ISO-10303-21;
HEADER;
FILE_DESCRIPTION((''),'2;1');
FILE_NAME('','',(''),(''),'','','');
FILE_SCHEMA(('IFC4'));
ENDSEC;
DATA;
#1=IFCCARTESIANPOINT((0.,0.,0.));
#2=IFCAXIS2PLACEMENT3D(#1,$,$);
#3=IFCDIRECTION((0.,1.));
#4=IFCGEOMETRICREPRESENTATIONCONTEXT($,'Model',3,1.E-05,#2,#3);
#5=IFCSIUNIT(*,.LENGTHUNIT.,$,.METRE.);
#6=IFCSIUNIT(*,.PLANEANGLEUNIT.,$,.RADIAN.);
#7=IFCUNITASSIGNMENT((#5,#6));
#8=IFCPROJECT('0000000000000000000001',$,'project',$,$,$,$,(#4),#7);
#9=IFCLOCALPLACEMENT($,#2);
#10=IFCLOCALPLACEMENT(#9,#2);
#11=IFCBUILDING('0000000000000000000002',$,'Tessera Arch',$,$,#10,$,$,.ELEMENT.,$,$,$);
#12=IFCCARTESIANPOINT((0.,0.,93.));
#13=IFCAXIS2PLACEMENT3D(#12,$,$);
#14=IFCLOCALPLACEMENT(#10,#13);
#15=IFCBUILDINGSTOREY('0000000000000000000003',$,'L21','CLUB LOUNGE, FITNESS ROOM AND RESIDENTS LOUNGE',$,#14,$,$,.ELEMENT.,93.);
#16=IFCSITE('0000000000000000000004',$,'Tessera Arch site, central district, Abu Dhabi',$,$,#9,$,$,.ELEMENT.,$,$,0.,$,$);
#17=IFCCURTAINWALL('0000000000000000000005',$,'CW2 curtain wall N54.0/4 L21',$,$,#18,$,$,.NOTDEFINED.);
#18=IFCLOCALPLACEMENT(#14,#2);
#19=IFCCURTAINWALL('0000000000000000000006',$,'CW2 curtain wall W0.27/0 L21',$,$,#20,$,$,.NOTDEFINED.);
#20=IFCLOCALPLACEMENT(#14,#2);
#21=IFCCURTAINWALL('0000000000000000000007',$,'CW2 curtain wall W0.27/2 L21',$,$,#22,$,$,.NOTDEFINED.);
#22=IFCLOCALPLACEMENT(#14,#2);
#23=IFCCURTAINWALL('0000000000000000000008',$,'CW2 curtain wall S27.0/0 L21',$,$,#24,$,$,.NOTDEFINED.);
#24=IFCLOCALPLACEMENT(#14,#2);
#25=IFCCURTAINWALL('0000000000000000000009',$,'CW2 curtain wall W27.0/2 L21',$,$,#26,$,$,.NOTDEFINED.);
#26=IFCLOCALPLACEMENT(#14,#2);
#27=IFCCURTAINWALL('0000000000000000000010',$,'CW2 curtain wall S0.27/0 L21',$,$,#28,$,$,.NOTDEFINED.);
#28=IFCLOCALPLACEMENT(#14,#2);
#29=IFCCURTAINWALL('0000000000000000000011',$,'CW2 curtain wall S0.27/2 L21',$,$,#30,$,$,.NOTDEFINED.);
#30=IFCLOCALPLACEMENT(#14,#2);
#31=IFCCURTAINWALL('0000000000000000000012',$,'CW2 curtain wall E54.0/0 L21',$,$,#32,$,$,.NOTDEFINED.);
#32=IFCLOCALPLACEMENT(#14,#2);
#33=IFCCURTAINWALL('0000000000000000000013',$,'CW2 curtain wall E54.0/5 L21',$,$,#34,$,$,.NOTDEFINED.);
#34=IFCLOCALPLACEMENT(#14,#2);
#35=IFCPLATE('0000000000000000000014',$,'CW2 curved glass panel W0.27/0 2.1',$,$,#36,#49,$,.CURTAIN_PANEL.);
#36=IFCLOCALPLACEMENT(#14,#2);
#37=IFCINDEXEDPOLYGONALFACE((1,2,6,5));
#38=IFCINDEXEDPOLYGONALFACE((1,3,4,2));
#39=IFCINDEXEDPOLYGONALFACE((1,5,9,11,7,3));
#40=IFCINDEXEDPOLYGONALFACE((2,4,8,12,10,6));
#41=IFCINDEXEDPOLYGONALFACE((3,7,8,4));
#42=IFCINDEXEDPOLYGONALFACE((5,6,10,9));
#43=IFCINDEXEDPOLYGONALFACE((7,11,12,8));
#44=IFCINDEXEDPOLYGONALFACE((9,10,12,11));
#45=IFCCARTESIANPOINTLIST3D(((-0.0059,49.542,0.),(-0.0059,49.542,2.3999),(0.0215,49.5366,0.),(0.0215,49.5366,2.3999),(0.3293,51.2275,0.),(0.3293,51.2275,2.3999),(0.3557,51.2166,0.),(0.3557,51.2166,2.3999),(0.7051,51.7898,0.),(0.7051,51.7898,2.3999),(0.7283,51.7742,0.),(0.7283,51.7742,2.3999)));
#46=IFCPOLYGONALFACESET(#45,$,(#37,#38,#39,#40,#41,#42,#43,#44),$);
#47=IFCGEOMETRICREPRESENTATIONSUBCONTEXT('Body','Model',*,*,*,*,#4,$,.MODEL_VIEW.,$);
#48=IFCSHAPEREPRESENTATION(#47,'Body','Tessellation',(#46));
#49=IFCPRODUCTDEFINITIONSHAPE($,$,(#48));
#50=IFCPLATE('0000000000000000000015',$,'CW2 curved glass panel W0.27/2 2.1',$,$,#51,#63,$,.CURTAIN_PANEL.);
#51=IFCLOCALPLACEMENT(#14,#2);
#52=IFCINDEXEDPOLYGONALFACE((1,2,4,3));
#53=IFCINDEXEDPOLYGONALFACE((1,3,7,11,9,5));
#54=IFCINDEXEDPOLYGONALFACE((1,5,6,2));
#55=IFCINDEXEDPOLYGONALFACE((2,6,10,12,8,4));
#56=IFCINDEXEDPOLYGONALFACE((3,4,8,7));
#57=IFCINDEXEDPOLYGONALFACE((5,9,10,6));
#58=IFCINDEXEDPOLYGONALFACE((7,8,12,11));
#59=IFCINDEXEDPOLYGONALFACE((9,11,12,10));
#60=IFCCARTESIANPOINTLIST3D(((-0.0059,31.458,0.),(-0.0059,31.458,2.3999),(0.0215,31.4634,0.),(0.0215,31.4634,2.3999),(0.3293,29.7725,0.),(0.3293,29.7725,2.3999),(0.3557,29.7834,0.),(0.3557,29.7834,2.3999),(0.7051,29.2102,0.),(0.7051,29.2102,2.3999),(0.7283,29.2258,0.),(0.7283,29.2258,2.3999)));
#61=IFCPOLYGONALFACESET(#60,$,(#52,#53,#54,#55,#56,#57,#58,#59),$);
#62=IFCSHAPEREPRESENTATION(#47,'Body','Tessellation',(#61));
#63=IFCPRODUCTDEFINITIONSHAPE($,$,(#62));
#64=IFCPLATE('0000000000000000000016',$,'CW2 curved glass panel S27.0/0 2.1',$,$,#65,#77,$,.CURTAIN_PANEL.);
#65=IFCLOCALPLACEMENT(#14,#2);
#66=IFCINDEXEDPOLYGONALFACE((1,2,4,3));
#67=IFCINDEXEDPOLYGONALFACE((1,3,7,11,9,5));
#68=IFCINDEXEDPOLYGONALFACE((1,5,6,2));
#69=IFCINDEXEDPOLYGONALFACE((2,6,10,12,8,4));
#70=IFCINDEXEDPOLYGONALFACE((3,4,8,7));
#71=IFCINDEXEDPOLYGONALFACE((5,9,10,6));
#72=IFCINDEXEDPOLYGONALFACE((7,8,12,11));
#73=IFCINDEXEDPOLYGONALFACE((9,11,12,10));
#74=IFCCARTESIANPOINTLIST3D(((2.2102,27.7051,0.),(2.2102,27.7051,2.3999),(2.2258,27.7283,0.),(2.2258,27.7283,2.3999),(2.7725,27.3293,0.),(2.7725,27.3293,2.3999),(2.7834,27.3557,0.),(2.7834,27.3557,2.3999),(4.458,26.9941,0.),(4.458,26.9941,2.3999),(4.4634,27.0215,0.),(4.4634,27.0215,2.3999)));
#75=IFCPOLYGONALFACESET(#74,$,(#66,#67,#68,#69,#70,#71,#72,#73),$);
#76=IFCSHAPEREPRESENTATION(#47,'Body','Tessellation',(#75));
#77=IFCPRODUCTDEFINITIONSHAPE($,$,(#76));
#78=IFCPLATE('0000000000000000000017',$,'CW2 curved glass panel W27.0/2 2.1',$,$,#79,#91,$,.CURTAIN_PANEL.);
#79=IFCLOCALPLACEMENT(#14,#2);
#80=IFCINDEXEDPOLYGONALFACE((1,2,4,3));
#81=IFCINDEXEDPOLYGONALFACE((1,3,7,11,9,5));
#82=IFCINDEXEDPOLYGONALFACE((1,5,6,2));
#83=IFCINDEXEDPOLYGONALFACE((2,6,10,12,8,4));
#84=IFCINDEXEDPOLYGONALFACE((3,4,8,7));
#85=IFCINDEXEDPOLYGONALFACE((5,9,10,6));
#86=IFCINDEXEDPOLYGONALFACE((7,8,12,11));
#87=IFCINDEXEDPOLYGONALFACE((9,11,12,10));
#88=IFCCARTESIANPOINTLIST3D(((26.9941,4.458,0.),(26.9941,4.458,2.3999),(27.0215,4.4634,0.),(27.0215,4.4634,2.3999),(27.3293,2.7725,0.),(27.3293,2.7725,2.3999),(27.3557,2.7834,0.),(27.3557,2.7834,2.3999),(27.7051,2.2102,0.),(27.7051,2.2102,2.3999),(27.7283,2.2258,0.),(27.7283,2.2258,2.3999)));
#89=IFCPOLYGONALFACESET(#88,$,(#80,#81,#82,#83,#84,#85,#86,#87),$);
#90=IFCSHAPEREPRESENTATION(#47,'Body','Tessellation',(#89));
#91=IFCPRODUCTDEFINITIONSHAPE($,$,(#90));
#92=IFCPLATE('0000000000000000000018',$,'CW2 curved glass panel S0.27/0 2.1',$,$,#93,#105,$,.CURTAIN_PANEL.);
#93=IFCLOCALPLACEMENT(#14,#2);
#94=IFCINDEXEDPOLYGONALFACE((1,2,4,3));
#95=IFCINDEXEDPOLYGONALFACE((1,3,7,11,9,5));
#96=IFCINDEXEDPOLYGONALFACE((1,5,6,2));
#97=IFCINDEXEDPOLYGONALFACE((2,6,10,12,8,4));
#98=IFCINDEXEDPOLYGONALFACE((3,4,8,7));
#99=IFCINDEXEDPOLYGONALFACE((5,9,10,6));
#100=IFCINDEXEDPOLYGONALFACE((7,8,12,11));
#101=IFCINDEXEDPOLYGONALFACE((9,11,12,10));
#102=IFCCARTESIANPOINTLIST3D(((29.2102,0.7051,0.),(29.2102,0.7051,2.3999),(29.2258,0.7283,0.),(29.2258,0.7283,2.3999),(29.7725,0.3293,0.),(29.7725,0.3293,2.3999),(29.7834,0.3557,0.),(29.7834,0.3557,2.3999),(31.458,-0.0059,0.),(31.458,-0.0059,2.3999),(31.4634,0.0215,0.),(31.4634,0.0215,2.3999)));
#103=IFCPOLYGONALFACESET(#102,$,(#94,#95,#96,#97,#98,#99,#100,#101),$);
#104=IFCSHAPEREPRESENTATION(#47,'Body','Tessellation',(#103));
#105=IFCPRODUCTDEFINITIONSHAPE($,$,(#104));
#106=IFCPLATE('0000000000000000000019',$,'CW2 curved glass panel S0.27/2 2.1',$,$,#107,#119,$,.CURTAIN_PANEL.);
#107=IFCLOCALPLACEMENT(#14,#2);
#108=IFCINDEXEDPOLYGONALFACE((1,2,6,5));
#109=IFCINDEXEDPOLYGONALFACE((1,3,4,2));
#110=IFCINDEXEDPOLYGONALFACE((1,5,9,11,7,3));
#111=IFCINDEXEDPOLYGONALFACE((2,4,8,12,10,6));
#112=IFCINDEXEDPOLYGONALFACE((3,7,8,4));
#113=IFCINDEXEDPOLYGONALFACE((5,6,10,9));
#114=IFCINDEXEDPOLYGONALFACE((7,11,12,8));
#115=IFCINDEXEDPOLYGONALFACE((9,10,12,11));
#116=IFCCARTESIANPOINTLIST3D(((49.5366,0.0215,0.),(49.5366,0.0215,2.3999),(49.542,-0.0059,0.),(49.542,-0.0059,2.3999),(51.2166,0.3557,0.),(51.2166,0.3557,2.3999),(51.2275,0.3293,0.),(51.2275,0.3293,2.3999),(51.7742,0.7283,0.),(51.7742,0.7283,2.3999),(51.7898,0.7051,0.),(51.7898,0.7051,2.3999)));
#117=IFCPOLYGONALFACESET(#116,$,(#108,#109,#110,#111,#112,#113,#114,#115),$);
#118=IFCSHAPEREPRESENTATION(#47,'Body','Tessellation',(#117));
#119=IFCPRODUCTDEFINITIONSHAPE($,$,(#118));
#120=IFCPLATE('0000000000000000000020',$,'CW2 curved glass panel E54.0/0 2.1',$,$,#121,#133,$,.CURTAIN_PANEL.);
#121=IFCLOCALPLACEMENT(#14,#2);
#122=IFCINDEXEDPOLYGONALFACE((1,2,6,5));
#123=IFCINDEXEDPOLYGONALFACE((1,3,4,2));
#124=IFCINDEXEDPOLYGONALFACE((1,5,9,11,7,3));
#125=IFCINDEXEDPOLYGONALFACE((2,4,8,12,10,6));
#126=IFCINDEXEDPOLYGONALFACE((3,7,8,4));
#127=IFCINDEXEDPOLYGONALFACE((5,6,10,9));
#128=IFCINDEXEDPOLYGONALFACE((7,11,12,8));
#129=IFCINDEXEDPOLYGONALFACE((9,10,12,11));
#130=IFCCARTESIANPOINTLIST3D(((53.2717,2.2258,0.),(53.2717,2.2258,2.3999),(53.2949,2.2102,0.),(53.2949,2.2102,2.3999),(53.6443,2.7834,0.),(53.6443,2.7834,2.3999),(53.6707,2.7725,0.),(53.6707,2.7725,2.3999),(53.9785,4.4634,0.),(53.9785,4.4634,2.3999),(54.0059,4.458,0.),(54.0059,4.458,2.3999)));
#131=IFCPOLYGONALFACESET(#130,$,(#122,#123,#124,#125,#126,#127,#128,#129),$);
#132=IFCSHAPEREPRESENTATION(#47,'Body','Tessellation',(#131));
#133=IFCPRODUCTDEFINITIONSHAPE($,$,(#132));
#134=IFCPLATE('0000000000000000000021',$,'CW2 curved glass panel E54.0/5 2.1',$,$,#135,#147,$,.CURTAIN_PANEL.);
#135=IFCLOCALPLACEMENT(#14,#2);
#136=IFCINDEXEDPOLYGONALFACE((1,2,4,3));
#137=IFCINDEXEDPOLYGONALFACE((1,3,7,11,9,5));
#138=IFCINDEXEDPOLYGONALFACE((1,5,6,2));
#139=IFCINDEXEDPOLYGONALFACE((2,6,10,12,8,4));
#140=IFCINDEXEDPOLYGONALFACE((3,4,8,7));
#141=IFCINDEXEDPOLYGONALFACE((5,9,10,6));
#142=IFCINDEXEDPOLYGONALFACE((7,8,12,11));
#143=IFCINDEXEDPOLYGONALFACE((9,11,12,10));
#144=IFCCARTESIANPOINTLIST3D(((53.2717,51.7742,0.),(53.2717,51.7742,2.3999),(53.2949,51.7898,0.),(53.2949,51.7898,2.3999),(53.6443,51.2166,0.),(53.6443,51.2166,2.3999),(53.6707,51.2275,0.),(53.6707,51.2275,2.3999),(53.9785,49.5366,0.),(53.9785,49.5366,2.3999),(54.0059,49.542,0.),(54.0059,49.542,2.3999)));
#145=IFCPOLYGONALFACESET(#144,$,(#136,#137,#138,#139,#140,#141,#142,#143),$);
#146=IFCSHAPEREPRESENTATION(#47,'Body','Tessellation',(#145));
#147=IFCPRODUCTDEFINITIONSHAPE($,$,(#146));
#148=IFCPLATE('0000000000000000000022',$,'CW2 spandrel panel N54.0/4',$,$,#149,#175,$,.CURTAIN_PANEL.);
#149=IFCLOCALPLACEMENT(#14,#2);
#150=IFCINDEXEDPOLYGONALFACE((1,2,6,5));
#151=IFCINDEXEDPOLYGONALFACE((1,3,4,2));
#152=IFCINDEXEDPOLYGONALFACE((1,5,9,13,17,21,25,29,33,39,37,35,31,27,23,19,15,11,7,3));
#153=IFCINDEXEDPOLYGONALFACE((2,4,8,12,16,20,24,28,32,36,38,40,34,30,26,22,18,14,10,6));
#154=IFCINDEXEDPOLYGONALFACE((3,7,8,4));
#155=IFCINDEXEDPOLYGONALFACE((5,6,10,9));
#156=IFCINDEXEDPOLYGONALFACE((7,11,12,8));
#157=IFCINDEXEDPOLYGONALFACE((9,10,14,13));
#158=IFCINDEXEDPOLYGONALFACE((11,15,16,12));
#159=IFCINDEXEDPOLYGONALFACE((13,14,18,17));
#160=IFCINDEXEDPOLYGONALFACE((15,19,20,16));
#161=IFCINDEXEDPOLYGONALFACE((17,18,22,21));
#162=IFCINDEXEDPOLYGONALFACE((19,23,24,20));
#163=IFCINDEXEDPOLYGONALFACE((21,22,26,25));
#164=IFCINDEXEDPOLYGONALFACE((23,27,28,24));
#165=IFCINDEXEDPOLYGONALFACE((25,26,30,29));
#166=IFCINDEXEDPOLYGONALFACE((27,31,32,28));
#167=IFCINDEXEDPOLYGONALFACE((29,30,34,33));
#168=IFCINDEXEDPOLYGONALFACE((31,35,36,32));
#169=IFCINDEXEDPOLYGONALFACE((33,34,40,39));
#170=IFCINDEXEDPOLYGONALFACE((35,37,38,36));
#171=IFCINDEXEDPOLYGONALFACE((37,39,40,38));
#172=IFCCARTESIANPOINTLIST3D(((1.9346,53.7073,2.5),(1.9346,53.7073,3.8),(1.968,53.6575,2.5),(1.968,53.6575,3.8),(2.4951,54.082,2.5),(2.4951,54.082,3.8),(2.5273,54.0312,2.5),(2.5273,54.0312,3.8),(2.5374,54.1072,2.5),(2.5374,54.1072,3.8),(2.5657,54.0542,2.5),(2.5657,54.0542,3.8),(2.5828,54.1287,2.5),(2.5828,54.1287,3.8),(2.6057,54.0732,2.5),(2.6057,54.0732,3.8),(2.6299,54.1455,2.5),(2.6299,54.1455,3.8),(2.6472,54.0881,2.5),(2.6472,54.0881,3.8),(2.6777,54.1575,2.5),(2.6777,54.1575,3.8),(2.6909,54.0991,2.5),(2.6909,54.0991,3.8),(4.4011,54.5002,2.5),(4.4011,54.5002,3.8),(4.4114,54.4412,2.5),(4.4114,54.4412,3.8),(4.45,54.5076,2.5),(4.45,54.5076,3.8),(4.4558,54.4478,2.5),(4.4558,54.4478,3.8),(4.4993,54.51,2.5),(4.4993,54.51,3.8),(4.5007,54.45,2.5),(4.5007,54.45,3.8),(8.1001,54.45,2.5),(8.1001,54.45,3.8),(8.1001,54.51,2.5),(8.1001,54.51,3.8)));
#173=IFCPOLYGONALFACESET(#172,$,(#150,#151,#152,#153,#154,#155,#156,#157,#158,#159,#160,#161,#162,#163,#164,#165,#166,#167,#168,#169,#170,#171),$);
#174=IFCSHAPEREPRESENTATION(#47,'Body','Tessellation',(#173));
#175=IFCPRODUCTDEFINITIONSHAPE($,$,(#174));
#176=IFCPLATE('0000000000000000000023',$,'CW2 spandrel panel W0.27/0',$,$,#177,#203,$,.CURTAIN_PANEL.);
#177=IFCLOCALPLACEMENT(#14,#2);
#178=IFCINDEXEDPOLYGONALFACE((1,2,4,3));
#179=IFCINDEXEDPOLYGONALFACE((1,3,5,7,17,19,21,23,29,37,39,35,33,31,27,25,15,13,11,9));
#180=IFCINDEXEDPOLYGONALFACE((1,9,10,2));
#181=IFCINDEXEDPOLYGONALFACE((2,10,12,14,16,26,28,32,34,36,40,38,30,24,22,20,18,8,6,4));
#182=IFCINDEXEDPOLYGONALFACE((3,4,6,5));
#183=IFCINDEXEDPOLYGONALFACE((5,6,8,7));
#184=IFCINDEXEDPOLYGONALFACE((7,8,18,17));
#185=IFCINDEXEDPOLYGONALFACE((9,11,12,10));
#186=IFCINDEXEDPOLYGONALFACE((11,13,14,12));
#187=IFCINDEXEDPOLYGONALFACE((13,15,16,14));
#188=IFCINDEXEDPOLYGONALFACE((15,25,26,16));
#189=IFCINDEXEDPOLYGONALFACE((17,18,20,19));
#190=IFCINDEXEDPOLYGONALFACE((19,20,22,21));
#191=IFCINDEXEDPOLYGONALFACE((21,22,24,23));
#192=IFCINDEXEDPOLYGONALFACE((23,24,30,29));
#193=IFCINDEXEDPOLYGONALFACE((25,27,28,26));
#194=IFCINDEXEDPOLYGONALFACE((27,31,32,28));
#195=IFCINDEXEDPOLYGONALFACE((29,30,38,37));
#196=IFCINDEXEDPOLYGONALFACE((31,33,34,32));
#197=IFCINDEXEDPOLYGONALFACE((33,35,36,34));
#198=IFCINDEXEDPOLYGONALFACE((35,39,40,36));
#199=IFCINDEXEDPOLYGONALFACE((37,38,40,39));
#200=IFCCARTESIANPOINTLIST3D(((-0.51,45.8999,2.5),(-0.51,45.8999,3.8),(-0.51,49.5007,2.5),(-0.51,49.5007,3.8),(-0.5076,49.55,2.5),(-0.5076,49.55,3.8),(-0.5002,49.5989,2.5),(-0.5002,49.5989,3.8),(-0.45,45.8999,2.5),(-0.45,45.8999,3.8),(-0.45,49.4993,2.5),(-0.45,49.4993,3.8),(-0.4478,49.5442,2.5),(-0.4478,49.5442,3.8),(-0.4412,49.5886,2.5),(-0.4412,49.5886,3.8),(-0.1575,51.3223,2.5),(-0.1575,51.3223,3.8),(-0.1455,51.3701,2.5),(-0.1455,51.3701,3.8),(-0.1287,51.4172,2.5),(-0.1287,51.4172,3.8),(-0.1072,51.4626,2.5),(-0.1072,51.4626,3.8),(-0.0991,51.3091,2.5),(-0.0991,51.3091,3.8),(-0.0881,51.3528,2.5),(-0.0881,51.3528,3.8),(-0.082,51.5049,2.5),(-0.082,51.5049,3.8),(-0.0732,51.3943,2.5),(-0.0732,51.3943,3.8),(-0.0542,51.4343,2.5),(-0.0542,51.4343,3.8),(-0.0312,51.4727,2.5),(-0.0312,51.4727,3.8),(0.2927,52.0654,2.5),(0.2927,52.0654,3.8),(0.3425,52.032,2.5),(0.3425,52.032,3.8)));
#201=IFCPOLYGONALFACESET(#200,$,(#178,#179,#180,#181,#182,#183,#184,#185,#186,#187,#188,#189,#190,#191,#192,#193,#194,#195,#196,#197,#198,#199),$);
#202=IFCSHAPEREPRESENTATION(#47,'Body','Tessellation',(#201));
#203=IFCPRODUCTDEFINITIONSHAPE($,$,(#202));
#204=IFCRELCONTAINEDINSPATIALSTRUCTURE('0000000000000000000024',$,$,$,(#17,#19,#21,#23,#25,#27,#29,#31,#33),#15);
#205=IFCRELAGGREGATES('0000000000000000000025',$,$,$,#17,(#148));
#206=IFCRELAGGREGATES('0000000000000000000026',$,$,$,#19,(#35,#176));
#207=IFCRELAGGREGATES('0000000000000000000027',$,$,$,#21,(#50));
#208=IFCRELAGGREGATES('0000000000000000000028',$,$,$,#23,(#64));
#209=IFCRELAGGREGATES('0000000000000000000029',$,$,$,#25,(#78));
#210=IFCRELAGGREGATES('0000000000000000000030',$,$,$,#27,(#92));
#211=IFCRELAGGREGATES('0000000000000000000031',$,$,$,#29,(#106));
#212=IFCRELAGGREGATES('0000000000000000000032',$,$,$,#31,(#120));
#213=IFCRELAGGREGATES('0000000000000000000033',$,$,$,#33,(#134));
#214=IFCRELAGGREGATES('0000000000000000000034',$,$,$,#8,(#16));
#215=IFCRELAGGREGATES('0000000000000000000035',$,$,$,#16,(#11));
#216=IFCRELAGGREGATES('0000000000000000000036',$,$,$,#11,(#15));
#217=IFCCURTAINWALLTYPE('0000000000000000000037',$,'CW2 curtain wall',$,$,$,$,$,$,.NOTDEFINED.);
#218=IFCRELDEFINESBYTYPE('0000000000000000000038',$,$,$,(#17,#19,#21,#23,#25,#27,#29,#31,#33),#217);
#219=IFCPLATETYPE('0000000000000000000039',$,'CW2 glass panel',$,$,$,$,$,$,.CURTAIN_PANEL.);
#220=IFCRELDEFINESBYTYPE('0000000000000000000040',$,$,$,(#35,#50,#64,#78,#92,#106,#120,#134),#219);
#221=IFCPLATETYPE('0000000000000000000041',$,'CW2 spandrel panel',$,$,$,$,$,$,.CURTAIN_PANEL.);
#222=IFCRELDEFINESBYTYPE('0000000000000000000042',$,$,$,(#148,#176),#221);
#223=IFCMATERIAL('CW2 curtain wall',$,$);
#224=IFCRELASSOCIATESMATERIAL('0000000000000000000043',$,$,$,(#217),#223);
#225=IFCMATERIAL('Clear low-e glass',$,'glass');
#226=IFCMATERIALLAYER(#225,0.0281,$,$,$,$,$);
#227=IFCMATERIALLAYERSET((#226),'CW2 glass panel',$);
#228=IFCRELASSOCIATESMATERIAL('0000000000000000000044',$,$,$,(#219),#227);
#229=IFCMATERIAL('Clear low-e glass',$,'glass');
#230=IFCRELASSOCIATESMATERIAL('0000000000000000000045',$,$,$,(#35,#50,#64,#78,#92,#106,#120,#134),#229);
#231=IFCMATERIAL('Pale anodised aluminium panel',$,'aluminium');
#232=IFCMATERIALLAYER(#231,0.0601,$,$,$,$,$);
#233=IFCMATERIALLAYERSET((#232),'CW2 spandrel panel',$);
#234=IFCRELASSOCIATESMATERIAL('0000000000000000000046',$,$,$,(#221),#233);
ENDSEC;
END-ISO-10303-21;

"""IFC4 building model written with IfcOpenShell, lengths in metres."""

from ifc_helpers import new_model, si_unit, direction, frame, origin, place, context, subcontext, project, spatial, polyline, outline, extrude, material, layer, layer_set, type_object, element, aggregate, save


model = new_model("IFC4")

# Units and contexts
model_context = context("Model", 3, precision=1e-05, world=origin(), true_north=direction((0.0, 1.0)))
body_context = subcontext(model_context, "Body", "Model", "MODEL_VIEW")
ifc_project = project(units=[si_unit("LENGTHUNIT", "METRE"), si_unit("PLANEANGLEUNIT", "RADIAN")], contexts=[model_context])

# Site, building, storey
site_placement = place(None, origin())
site = spatial("IfcSite", under=ifc_project, at=site_placement, Name="Tessera Arch site, central district, Abu Dhabi", CompositionType="ELEMENT", RefElevation=0.0)
building_placement = place(site_placement, origin())
building = spatial("IfcBuilding", under=site, at=building_placement, Name="Tessera Arch", CompositionType="ELEMENT")
storey_placement = place(building_placement, frame((0.0, 0.0, 93.0)))
storey = spatial("IfcBuildingStorey", under=building, at=storey_placement, Name="L21", Description="CLUB LOUNGE, FITNESS ROOM AND RESIDENTS LOUNGE", CompositionType="ELEMENT", Elevation=93.0)

# Curtain walls
ifc_material_1 = material(Name="CW2 curtain wall")
curtain_wall_type = type_object("IfcCurtainWallType", Name="CW2 curtain wall", PredefinedType="NOTDEFINED", material=ifc_material_1)
curtain_wall_1_placement = place(storey_placement, origin())
curtain_wall_1 = element("IfcCurtainWall", 1, at=curtain_wall_1_placement, inside=storey, type_object=curtain_wall_type, Name="CW2 curtain wall N54.0/4 L21", PredefinedType="NOTDEFINED")
curtain_wall_2_placement = place(storey_placement, origin())
curtain_wall_2 = element("IfcCurtainWall", 2, at=curtain_wall_2_placement, inside=storey, type_object=curtain_wall_type, Name="CW2 curtain wall W0.27/0 L21", PredefinedType="NOTDEFINED")
curtain_wall_3_placement = place(storey_placement, origin())
curtain_wall_3 = element("IfcCurtainWall", 3, at=curtain_wall_3_placement, inside=storey, type_object=curtain_wall_type, Name="CW2 curtain wall W0.27/2 L21", PredefinedType="NOTDEFINED")
curtain_wall_4_placement = place(storey_placement, origin())
curtain_wall_4 = element("IfcCurtainWall", 4, at=curtain_wall_4_placement, inside=storey, type_object=curtain_wall_type, Name="CW2 curtain wall S27.0/0 L21", PredefinedType="NOTDEFINED")
curtain_wall_5_placement = place(storey_placement, origin())
curtain_wall_5 = element("IfcCurtainWall", 5, at=curtain_wall_5_placement, inside=storey, type_object=curtain_wall_type, Name="CW2 curtain wall W27.0/2 L21", PredefinedType="NOTDEFINED")
curtain_wall_6_placement = place(storey_placement, origin())
curtain_wall_6 = element("IfcCurtainWall", 6, at=curtain_wall_6_placement, inside=storey, type_object=curtain_wall_type, Name="CW2 curtain wall S0.27/0 L21", PredefinedType="NOTDEFINED")
curtain_wall_7_placement = place(storey_placement, origin())
curtain_wall_7 = element("IfcCurtainWall", 7, at=curtain_wall_7_placement, inside=storey, type_object=curtain_wall_type, Name="CW2 curtain wall S0.27/2 L21", PredefinedType="NOTDEFINED")
curtain_wall_8_placement = place(storey_placement, origin())
curtain_wall_8 = element("IfcCurtainWall", 8, at=curtain_wall_8_placement, inside=storey, type_object=curtain_wall_type, Name="CW2 curtain wall E54.0/0 L21", PredefinedType="NOTDEFINED")
curtain_wall_9_placement = place(storey_placement, origin())
curtain_wall_9 = element("IfcCurtainWall", 9, at=curtain_wall_9_placement, inside=storey, type_object=curtain_wall_type, Name="CW2 curtain wall E54.0/5 L21", PredefinedType="NOTDEFINED")

# Plates
ifc_material_2 = material(Name="Clear low-e glass", Category="glass")
ifc_material_3 = material(Name="Clear low-e glass", Category="glass")
ifc_layer_1 = layer(ifc_material_3, 0.0281)
ifc_layer_set_1 = layer_set([ifc_layer_1], Name="CW2 glass panel")
plate_type_1 = type_object("IfcPlateType", Name="CW2 glass panel", PredefinedType="CURTAIN_PANEL", material=ifc_layer_set_1)
plate_1_placement = place(storey_placement, origin())
plate_1 = element("IfcPlate", 10, at=plate_1_placement, type_object=plate_type_1, material=ifc_material_2, Name="CW2 curved glass panel W0.27/0 2.1", PredefinedType="CURTAIN_PANEL", context=body_context, shape_type="SweptSolid", body=[
    extrude(outline(polyline([(0.3557, 51.2166), (0.7283, 51.7742), (0.7051, 51.7898), (0.3293, 51.2275), (-0.0059, 49.542), (0.0215, 49.5366), (0.3557, 51.2166)])), origin(), (0.0, 0.0, 1.0), 2.3999),
])
plate_2_placement = place(storey_placement, origin())
plate_2 = element("IfcPlate", 11, at=plate_2_placement, type_object=plate_type_1, material=ifc_material_2, Name="CW2 curved glass panel W0.27/2 2.1", PredefinedType="CURTAIN_PANEL", context=body_context, shape_type="SweptSolid", body=[
    extrude(outline(polyline([(0.3557, 29.7834), (0.0215, 31.4634), (-0.0059, 31.458), (0.3293, 29.7725), (0.7051, 29.2102), (0.7283, 29.2258), (0.3557, 29.7834)])), origin(), (0.0, 0.0, 1.0), 2.3999),
])
plate_3_placement = place(storey_placement, origin())
plate_3 = element("IfcPlate", 12, at=plate_3_placement, type_object=plate_type_1, material=ifc_material_2, Name="CW2 curved glass panel S27.0/0 2.1", PredefinedType="CURTAIN_PANEL", context=body_context, shape_type="SweptSolid", body=[
    extrude(outline(polyline([(2.7834, 27.3557), (2.2258, 27.7283), (2.2102, 27.7051), (2.7725, 27.3293), (4.458, 26.9941), (4.4634, 27.0215), (2.7834, 27.3557)])), origin(), (0.0, 0.0, 1.0), 2.3999),
])
plate_4_placement = place(storey_placement, origin())
plate_4 = element("IfcPlate", 13, at=plate_4_placement, type_object=plate_type_1, material=ifc_material_2, Name="CW2 curved glass panel W27.0/2 2.1", PredefinedType="CURTAIN_PANEL", context=body_context, shape_type="SweptSolid", body=[
    extrude(outline(polyline([(27.3557, 2.7834), (27.0215, 4.4634), (26.9941, 4.458), (27.3293, 2.7725), (27.7051, 2.2102), (27.7283, 2.2258), (27.3557, 2.7834)])), origin(), (0.0, 0.0, 1.0), 2.3999),
])
plate_5_placement = place(storey_placement, origin())
plate_5 = element("IfcPlate", 14, at=plate_5_placement, type_object=plate_type_1, material=ifc_material_2, Name="CW2 curved glass panel S0.27/0 2.1", PredefinedType="CURTAIN_PANEL", context=body_context, shape_type="SweptSolid", body=[
    extrude(outline(polyline([(29.7834, 0.3557), (29.2258, 0.7283), (29.2102, 0.7051), (29.7725, 0.3293), (31.458, -0.0059), (31.4634, 0.0215), (29.7834, 0.3557)])), origin(), (0.0, 0.0, 1.0), 2.3999),
])
plate_6_placement = place(storey_placement, origin())
plate_6 = element("IfcPlate", 15, at=plate_6_placement, type_object=plate_type_1, material=ifc_material_2, Name="CW2 curved glass panel S0.27/2 2.1", PredefinedType="CURTAIN_PANEL", context=body_context, shape_type="SweptSolid", body=[
    extrude(outline(polyline([(51.2166, 0.3557), (49.5366, 0.0215), (49.542, -0.0059), (51.2275, 0.3293), (51.7898, 0.7051), (51.7742, 0.7283), (51.2166, 0.3557)])), origin(), (0.0, 0.0, 1.0), 2.3999),
])
plate_7_placement = place(storey_placement, origin())
plate_7 = element("IfcPlate", 16, at=plate_7_placement, type_object=plate_type_1, material=ifc_material_2, Name="CW2 curved glass panel E54.0/0 2.1", PredefinedType="CURTAIN_PANEL", context=body_context, shape_type="SweptSolid", body=[
    extrude(outline(polyline([(53.6443, 2.7834), (53.2717, 2.2258), (53.2949, 2.2102), (53.6707, 2.7725), (54.0059, 4.458), (53.9785, 4.4634), (53.6443, 2.7834)])), origin(), (0.0, 0.0, 1.0), 2.3999),
])
plate_8_placement = place(storey_placement, origin())
plate_8 = element("IfcPlate", 17, at=plate_8_placement, type_object=plate_type_1, material=ifc_material_2, Name="CW2 curved glass panel E54.0/5 2.1", PredefinedType="CURTAIN_PANEL", context=body_context, shape_type="SweptSolid", body=[
    extrude(outline(polyline([(53.6443, 51.2166), (53.9785, 49.5366), (54.0059, 49.542), (53.6707, 51.2275), (53.2949, 51.7898), (53.2717, 51.7742), (53.6443, 51.2166)])), origin(), (0.0, 0.0, 1.0), 2.3999),
])
ifc_material_4 = material(Name="Pale anodised aluminium panel", Category="aluminium")
ifc_layer_2 = layer(ifc_material_4, 0.0601)
ifc_layer_set_2 = layer_set([ifc_layer_2], Name="CW2 spandrel panel")
plate_type_2 = type_object("IfcPlateType", Name="CW2 spandrel panel", PredefinedType="CURTAIN_PANEL", material=ifc_layer_set_2)
plate_9_placement = place(storey_placement, frame((0.0, 0.0, 2.5)))
plate_9 = element("IfcPlate", 18, at=plate_9_placement, type_object=plate_type_2, Name="CW2 spandrel panel N54.0/4", PredefinedType="CURTAIN_PANEL", context=body_context, shape_type="SweptSolid", body=[
    extrude(outline(polyline([(4.5007, 54.45), (8.1001, 54.45), (8.1001, 54.51), (4.4993, 54.51), (4.45, 54.5076), (4.4011, 54.5002), (2.6777, 54.1575), (2.6299, 54.1455), (2.5828, 54.1287), (2.5374, 54.1072), (2.4951, 54.082), (1.9346, 53.7073), (1.968, 53.6575), (2.5273, 54.0312), (2.5657, 54.0542), (2.6057, 54.0732), (2.6472, 54.0881), (2.6909, 54.0991), (4.4114, 54.4412), (4.4558, 54.4478), (4.5007, 54.45)])), origin(), (0.0, 0.0, 1.0), 1.3),
])
aggregate(curtain_wall_1, [plate_9])
plate_10_placement = place(storey_placement, frame((0.0, 0.0, 2.5)))
plate_10 = element("IfcPlate", 19, at=plate_10_placement, type_object=plate_type_2, Name="CW2 spandrel panel W0.27/0", PredefinedType="CURTAIN_PANEL", context=body_context, shape_type="SweptSolid", body=[
    extrude(outline(polyline([(-0.0312, 51.4727), (0.3425, 52.032), (0.2927, 52.0654), (-0.082, 51.5049), (-0.1072, 51.4626), (-0.1287, 51.4172), (-0.1455, 51.3701), (-0.1575, 51.3223), (-0.5002, 49.5989), (-0.5076, 49.55), (-0.51, 49.5007), (-0.51, 45.8999), (-0.45, 45.8999), (-0.45, 49.4993), (-0.4478, 49.5442), (-0.4412, 49.5886), (-0.0991, 51.3091), (-0.0881, 51.3528), (-0.0732, 51.3943), (-0.0542, 51.4343), (-0.0312, 51.4727)])), origin(), (0.0, 0.0, 1.0), 1.3),
])
aggregate(curtain_wall_2, [plate_1, plate_10])
aggregate(curtain_wall_3, [plate_2])
aggregate(curtain_wall_4, [plate_3])
aggregate(curtain_wall_5, [plate_4])
aggregate(curtain_wall_6, [plate_5])
aggregate(curtain_wall_7, [plate_6])
aggregate(curtain_wall_8, [plate_7])
aggregate(curtain_wall_9, [plate_8])

save(model, "model.ifc")
